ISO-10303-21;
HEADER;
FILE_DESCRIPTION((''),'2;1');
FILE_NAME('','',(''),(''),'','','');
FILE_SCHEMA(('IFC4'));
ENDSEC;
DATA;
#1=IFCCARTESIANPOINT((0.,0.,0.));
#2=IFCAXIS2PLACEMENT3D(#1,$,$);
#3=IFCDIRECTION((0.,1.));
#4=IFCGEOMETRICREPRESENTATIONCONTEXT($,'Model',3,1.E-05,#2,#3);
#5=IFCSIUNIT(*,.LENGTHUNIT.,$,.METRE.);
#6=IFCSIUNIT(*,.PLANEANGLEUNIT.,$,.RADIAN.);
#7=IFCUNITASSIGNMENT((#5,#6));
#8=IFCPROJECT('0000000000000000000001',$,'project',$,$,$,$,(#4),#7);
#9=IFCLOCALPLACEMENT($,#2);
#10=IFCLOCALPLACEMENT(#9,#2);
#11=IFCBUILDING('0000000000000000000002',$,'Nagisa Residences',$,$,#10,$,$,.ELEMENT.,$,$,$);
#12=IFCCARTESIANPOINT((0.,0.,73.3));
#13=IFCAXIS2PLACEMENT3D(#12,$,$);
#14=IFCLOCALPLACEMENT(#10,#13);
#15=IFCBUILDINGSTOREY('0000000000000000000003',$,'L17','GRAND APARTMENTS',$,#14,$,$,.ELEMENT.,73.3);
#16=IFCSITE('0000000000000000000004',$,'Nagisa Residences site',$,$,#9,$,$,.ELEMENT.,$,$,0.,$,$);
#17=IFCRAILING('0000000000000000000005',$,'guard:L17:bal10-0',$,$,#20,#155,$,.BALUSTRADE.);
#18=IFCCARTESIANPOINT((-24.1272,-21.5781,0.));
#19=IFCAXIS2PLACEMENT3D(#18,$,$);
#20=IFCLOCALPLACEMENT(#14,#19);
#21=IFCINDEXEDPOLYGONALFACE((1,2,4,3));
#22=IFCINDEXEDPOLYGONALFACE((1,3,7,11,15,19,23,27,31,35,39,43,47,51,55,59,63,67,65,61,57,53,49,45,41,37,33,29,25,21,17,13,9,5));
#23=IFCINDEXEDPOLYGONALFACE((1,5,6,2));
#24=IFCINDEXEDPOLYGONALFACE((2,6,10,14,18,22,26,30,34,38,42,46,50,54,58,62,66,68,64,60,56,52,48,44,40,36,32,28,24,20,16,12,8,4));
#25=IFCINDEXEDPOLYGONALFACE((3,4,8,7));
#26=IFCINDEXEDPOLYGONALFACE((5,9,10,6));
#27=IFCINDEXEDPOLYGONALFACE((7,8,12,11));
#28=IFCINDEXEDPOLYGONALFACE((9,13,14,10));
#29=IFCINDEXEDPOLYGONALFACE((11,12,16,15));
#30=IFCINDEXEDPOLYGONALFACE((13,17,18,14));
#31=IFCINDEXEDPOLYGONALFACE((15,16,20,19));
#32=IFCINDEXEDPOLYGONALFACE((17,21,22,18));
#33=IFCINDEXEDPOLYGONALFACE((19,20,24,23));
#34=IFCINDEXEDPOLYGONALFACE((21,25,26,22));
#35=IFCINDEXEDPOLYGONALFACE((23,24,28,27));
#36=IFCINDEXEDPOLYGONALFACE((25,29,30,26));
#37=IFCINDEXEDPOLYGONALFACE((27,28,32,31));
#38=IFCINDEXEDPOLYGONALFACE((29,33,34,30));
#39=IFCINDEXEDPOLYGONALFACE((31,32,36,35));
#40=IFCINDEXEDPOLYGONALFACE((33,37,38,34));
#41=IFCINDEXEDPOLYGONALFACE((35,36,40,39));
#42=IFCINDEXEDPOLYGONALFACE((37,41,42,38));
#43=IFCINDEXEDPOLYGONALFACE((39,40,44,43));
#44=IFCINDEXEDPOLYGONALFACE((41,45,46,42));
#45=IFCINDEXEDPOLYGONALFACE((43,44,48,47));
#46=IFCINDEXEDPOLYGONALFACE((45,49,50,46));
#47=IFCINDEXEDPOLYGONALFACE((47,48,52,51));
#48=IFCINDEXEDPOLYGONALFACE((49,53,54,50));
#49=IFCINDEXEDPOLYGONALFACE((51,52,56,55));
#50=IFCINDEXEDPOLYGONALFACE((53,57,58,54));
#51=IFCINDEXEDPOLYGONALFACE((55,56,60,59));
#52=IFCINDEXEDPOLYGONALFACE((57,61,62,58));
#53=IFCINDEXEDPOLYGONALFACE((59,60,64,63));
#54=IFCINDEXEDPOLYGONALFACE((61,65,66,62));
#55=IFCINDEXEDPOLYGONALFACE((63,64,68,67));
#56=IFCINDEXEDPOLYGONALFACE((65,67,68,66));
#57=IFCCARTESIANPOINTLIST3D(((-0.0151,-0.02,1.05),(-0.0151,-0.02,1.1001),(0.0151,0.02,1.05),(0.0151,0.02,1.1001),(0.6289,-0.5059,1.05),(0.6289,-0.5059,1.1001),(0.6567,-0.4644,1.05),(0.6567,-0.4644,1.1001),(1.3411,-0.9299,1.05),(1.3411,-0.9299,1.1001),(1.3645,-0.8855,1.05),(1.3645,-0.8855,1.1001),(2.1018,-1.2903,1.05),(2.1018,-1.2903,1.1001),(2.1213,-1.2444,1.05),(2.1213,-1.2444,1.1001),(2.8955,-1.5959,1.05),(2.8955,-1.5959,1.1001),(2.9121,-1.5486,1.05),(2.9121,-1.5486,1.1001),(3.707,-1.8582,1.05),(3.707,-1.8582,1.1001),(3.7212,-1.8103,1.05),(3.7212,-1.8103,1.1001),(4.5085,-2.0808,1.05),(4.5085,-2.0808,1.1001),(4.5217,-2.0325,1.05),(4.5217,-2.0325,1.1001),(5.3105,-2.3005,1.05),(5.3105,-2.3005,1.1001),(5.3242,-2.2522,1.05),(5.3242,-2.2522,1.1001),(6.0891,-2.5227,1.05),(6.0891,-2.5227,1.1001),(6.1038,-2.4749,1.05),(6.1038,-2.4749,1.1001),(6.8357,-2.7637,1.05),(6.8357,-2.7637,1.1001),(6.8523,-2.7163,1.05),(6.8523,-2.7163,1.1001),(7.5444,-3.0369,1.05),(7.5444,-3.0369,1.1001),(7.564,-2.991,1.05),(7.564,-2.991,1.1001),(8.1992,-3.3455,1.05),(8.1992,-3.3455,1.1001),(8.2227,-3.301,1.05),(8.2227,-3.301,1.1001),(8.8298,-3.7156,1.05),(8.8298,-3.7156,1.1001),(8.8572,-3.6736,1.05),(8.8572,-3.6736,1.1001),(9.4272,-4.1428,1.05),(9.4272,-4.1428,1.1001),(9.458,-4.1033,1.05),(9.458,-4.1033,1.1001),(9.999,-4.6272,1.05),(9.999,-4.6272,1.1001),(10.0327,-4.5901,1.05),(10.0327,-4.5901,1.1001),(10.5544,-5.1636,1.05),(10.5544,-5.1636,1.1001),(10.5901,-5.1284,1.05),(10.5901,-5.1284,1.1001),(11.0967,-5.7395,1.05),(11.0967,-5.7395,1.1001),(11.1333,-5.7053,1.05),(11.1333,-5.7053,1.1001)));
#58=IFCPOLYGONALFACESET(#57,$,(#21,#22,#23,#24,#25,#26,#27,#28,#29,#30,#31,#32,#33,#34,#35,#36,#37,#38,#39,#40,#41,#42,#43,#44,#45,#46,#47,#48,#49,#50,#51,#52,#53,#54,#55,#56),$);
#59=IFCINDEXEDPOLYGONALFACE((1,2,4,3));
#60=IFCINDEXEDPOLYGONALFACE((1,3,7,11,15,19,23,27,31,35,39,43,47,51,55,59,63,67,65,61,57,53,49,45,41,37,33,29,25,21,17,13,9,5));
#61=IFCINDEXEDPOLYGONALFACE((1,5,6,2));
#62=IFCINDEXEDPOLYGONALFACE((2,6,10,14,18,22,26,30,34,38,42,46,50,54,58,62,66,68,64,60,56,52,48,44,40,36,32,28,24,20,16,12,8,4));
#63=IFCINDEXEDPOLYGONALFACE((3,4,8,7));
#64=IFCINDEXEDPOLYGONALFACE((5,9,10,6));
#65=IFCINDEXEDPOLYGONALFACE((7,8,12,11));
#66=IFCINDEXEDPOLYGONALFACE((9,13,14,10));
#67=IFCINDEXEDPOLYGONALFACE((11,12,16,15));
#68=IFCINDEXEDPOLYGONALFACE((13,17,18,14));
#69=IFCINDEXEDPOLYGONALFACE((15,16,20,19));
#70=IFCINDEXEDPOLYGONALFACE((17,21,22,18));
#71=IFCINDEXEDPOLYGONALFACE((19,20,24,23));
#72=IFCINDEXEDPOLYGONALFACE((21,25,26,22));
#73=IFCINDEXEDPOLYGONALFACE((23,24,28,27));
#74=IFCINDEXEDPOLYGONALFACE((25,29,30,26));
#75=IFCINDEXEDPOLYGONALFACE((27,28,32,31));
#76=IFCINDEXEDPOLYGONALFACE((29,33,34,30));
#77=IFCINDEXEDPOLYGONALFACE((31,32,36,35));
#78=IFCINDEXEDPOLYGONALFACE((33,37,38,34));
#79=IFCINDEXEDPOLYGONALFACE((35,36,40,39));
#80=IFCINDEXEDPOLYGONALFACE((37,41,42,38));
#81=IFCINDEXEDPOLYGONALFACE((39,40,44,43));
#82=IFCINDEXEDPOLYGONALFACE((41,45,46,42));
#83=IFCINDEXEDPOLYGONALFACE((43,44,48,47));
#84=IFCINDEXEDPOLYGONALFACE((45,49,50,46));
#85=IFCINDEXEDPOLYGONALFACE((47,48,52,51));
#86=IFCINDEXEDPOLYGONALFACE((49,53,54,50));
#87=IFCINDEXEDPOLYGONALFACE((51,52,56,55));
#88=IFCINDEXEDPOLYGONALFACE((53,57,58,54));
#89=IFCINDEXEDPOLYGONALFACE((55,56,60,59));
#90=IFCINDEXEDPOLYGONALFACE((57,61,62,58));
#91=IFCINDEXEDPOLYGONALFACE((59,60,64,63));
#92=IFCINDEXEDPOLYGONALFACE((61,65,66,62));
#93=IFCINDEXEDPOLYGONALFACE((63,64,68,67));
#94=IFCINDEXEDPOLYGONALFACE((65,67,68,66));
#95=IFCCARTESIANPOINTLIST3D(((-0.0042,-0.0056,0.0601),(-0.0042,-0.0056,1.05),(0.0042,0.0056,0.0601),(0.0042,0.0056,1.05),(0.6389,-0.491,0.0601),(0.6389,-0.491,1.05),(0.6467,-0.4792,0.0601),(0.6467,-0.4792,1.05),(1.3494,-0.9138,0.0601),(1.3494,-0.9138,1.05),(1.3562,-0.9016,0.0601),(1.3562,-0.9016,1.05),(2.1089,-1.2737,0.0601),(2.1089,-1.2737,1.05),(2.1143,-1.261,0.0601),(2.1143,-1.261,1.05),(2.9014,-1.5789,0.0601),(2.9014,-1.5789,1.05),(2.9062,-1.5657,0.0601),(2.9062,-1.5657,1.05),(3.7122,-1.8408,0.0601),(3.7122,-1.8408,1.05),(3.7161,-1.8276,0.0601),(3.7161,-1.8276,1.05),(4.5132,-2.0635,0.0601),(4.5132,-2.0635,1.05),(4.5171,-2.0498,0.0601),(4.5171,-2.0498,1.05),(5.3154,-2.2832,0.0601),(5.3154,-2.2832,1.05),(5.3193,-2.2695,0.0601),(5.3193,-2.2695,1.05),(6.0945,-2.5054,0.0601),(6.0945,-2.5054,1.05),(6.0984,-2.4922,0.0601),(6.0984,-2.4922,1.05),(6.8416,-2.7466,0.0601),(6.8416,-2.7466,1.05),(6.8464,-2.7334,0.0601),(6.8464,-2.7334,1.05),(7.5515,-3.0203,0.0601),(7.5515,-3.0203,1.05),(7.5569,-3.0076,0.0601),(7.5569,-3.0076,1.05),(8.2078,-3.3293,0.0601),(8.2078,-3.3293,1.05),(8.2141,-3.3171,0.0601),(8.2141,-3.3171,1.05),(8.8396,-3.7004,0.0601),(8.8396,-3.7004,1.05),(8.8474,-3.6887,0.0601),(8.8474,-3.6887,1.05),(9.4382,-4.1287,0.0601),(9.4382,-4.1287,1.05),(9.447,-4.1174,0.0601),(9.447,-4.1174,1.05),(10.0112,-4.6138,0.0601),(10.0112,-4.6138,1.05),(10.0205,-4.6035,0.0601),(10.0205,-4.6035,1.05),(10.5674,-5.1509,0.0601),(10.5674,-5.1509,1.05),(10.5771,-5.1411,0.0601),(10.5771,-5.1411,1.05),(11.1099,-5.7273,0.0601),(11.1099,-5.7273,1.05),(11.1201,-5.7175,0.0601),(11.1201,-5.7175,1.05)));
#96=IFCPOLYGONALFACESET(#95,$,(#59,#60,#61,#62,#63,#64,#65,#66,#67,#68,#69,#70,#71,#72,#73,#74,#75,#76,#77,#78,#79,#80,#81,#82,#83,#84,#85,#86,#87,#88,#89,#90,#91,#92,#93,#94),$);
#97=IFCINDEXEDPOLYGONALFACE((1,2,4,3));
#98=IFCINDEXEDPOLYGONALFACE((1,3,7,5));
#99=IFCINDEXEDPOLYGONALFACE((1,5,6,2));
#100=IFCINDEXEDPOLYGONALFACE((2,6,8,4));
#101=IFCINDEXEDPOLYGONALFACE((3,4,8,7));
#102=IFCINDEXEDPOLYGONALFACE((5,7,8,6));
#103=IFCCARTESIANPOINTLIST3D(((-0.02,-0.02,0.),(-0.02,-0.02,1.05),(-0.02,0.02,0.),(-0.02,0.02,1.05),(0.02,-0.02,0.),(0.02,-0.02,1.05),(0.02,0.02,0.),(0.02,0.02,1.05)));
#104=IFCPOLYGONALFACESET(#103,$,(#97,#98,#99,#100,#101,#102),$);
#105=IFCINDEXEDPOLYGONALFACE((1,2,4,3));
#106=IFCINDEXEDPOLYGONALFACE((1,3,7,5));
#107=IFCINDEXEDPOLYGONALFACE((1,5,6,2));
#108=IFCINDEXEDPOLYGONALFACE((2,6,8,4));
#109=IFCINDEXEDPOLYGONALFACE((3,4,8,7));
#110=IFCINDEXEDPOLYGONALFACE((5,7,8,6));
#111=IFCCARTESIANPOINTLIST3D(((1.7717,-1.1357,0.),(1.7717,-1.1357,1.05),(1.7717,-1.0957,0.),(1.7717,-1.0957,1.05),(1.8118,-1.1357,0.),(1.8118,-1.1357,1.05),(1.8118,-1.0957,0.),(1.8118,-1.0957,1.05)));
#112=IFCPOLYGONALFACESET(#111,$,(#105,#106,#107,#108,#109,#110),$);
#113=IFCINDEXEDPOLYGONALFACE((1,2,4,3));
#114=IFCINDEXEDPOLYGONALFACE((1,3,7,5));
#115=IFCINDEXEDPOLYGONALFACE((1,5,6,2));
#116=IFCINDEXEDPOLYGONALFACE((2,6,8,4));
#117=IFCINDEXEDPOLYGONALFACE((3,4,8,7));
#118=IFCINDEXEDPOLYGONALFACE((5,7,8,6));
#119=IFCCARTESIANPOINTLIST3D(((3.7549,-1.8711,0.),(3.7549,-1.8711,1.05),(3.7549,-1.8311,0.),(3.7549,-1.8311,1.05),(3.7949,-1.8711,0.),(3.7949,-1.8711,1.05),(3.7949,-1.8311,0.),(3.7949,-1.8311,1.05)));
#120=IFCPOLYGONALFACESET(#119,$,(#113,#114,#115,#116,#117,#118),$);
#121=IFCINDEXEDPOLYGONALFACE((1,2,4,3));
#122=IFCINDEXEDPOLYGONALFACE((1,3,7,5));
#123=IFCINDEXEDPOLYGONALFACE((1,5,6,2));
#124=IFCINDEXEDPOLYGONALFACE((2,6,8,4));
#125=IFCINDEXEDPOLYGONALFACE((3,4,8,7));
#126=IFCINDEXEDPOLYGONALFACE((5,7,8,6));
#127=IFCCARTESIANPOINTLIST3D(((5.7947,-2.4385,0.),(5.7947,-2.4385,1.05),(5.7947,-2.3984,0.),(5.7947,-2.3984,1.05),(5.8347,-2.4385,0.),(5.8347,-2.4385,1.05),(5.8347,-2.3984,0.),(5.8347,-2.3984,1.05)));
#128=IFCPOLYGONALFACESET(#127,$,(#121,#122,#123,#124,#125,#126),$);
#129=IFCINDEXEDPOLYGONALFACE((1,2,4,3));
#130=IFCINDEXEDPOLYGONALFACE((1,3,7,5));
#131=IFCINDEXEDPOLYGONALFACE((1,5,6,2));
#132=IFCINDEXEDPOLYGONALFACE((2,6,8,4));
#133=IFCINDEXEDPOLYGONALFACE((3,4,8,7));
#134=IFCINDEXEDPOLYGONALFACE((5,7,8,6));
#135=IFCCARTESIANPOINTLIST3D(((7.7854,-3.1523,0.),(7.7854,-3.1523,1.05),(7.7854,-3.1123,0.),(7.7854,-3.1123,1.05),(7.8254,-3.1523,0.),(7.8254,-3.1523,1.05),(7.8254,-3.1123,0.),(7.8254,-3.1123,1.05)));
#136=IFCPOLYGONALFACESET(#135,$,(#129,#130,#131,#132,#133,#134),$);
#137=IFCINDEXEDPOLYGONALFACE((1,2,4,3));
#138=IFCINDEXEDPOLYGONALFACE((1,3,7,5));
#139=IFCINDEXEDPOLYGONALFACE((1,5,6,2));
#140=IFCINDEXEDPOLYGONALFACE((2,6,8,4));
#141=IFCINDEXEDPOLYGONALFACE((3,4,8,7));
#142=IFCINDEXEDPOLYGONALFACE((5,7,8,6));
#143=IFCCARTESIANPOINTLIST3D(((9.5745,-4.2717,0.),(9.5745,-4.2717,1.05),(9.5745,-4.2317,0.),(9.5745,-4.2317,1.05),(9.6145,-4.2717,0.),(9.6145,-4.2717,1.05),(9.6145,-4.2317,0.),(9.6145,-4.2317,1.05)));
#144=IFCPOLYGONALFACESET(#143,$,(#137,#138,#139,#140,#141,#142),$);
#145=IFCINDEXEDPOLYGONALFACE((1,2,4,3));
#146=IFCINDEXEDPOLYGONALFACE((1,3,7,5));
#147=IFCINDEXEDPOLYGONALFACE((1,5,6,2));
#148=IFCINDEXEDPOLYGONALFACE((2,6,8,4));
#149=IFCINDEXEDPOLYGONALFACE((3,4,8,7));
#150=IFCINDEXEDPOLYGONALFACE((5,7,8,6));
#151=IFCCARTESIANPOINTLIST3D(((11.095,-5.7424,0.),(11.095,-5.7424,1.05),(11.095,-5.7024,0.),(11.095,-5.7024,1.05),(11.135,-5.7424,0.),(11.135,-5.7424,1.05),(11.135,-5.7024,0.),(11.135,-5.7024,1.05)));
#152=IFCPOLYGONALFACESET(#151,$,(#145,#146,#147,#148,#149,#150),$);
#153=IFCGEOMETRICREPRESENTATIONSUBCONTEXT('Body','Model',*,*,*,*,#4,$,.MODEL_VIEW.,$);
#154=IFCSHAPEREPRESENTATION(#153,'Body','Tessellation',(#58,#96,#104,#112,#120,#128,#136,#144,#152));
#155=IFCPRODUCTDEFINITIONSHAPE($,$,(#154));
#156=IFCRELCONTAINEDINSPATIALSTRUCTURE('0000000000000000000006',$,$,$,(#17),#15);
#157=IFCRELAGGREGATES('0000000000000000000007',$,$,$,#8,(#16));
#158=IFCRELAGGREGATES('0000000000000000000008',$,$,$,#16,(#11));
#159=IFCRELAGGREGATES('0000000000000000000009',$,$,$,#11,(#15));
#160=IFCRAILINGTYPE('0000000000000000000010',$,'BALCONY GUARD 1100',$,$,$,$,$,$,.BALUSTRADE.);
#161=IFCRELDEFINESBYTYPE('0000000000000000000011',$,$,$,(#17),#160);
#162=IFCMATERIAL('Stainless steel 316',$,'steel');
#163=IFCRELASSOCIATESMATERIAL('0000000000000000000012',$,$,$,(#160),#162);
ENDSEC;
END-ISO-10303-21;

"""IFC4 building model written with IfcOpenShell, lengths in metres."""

from ifc_helpers import new_model, si_unit, direction, frame, origin, origin_2d, place, context, subcontext, project, spatial, polyline, rectangle, outline, extrude, material, type_object, element, save


model = new_model("IFC4")

# Units and contexts
model_context = context("Model", 3, precision=1e-05, world=origin(), true_north=direction((0.0, 1.0)))
body_context = subcontext(model_context, "Body", "Model", "MODEL_VIEW")
ifc_project = project(units=[si_unit("LENGTHUNIT", "METRE"), si_unit("PLANEANGLEUNIT", "RADIAN")], contexts=[model_context])

# Site, building, storey
site_placement = place(None, origin())
site = spatial("IfcSite", under=ifc_project, at=site_placement, Name="Nagisa Residences site", CompositionType="ELEMENT", RefElevation=0.0)
building_placement = place(site_placement, origin())
building = spatial("IfcBuilding", under=site, at=building_placement, Name="Nagisa Residences", CompositionType="ELEMENT")
storey_placement = place(building_placement, frame((0.0, 0.0, 73.3)))
storey = spatial("IfcBuildingStorey", under=building, at=storey_placement, Name="L17", Description="GRAND APARTMENTS", CompositionType="ELEMENT", Elevation=73.3)

# Railing
ifc_material_1 = material(Name="Stainless steel 316", Category="steel")
railing_type_1 = type_object("IfcRailingType", Name="BALCONY GUARD 1100", PredefinedType="BALUSTRADE", material=ifc_material_1)
railing_1_placement = place(storey_placement, frame((-24.1272, -21.5781, 0.0)))
element("IfcRailing", 1, at=railing_1_placement, inside=storey, type_object=railing_type_1, Name="guard:L17:bal10-0", PredefinedType="BALUSTRADE", context=body_context, shape_type="SweptSolid", body=[
    extrude(outline(polyline([(0.6567, -0.4644), (0.0151, 0.02), (-0.0151, -0.02), (0.6289, -0.5059), (1.3411, -0.9299), (2.1018, -1.2903), (2.8955, -1.5959), (3.707, -1.8582), (4.5085, -2.0808), (5.3105, -2.3005), (6.0891, -2.5227), (6.8357, -2.7637), (7.5444, -3.0369), (8.1992, -3.3455), (8.8298, -3.7156), (9.4272, -4.1428), (9.999, -4.6272), (10.5544, -5.1636), (11.0967, -5.7395), (11.1333, -5.7053), (10.5901, -5.1284), (10.0327, -4.5901), (9.458, -4.1033), (8.8572, -3.6736), (8.2227, -3.301), (7.564, -2.991), (6.8523, -2.7163), (6.1038, -2.4749), (5.3242, -2.2522), (4.5217, -2.0325), (3.7212, -1.8103), (2.9121, -1.5486), (2.1213, -1.2444), (1.3645, -0.8855), (0.6567, -0.4644)])), frame((0.0, 0.0, 1.05)), (0.0, 0.0, 1.0), 0.05),
    extrude(outline(polyline([(0.6467, -0.4792), (0.0042, 0.0056), (-0.0042, -0.0056), (0.6389, -0.491), (1.3494, -0.9138), (2.1089, -1.2737), (2.9014, -1.5789), (3.7122, -1.8408), (4.5132, -2.0635), (5.3154, -2.2832), (6.0945, -2.5054), (6.8416, -2.7466), (7.5515, -3.0203), (8.2078, -3.3293), (8.8396, -3.7004), (9.4382, -4.1287), (10.0112, -4.6138), (10.5674, -5.1509), (11.1099, -5.7273), (11.1201, -5.7175), (10.5771, -5.1411), (10.0205, -4.6035), (9.447, -4.1174), (8.8474, -3.6887), (8.2141, -3.3171), (7.5569, -3.0076), (6.8464, -2.7334), (6.0984, -2.4922), (5.3193, -2.2695), (4.5171, -2.0498), (3.7161, -1.8276), (2.9062, -1.5657), (2.1143, -1.261), (1.3562, -0.9016), (0.6467, -0.4792)])), frame((0.0, 0.0, 0.0601)), (0.0, 0.0, 1.0), 0.99),
    extrude(rectangle(XDim=0.04, YDim=0.04, at=origin_2d()), origin(), (0.0, 0.0, 1.0), 1.05),
    extrude(rectangle(XDim=0.04, YDim=0.04, at=origin_2d()), frame((1.7917, -1.1157, 0.0)), (0.0, 0.0, 1.0), 1.05),
    extrude(rectangle(XDim=0.04, YDim=0.04, at=origin_2d()), frame((3.7749, -1.8511, 0.0)), (0.0, 0.0, 1.0), 1.05),
    extrude(rectangle(XDim=0.04, YDim=0.04, at=origin_2d()), frame((5.8147, -2.4185, 0.0)), (0.0, 0.0, 1.0), 1.05),
    extrude(rectangle(XDim=0.04, YDim=0.04, at=origin_2d()), frame((7.8054, -3.1323, 0.0)), (0.0, 0.0, 1.0), 1.05),
    extrude(rectangle(XDim=0.04, YDim=0.04, at=origin_2d()), frame((9.5945, -4.2517, 0.0)), (0.0, 0.0, 1.0), 1.05),
    extrude(rectangle(XDim=0.04, YDim=0.04, at=origin_2d()), frame((11.115, -5.7224, 0.0)), (0.0, 0.0, 1.0), 1.05),
])

save(model, "model.ifc")
